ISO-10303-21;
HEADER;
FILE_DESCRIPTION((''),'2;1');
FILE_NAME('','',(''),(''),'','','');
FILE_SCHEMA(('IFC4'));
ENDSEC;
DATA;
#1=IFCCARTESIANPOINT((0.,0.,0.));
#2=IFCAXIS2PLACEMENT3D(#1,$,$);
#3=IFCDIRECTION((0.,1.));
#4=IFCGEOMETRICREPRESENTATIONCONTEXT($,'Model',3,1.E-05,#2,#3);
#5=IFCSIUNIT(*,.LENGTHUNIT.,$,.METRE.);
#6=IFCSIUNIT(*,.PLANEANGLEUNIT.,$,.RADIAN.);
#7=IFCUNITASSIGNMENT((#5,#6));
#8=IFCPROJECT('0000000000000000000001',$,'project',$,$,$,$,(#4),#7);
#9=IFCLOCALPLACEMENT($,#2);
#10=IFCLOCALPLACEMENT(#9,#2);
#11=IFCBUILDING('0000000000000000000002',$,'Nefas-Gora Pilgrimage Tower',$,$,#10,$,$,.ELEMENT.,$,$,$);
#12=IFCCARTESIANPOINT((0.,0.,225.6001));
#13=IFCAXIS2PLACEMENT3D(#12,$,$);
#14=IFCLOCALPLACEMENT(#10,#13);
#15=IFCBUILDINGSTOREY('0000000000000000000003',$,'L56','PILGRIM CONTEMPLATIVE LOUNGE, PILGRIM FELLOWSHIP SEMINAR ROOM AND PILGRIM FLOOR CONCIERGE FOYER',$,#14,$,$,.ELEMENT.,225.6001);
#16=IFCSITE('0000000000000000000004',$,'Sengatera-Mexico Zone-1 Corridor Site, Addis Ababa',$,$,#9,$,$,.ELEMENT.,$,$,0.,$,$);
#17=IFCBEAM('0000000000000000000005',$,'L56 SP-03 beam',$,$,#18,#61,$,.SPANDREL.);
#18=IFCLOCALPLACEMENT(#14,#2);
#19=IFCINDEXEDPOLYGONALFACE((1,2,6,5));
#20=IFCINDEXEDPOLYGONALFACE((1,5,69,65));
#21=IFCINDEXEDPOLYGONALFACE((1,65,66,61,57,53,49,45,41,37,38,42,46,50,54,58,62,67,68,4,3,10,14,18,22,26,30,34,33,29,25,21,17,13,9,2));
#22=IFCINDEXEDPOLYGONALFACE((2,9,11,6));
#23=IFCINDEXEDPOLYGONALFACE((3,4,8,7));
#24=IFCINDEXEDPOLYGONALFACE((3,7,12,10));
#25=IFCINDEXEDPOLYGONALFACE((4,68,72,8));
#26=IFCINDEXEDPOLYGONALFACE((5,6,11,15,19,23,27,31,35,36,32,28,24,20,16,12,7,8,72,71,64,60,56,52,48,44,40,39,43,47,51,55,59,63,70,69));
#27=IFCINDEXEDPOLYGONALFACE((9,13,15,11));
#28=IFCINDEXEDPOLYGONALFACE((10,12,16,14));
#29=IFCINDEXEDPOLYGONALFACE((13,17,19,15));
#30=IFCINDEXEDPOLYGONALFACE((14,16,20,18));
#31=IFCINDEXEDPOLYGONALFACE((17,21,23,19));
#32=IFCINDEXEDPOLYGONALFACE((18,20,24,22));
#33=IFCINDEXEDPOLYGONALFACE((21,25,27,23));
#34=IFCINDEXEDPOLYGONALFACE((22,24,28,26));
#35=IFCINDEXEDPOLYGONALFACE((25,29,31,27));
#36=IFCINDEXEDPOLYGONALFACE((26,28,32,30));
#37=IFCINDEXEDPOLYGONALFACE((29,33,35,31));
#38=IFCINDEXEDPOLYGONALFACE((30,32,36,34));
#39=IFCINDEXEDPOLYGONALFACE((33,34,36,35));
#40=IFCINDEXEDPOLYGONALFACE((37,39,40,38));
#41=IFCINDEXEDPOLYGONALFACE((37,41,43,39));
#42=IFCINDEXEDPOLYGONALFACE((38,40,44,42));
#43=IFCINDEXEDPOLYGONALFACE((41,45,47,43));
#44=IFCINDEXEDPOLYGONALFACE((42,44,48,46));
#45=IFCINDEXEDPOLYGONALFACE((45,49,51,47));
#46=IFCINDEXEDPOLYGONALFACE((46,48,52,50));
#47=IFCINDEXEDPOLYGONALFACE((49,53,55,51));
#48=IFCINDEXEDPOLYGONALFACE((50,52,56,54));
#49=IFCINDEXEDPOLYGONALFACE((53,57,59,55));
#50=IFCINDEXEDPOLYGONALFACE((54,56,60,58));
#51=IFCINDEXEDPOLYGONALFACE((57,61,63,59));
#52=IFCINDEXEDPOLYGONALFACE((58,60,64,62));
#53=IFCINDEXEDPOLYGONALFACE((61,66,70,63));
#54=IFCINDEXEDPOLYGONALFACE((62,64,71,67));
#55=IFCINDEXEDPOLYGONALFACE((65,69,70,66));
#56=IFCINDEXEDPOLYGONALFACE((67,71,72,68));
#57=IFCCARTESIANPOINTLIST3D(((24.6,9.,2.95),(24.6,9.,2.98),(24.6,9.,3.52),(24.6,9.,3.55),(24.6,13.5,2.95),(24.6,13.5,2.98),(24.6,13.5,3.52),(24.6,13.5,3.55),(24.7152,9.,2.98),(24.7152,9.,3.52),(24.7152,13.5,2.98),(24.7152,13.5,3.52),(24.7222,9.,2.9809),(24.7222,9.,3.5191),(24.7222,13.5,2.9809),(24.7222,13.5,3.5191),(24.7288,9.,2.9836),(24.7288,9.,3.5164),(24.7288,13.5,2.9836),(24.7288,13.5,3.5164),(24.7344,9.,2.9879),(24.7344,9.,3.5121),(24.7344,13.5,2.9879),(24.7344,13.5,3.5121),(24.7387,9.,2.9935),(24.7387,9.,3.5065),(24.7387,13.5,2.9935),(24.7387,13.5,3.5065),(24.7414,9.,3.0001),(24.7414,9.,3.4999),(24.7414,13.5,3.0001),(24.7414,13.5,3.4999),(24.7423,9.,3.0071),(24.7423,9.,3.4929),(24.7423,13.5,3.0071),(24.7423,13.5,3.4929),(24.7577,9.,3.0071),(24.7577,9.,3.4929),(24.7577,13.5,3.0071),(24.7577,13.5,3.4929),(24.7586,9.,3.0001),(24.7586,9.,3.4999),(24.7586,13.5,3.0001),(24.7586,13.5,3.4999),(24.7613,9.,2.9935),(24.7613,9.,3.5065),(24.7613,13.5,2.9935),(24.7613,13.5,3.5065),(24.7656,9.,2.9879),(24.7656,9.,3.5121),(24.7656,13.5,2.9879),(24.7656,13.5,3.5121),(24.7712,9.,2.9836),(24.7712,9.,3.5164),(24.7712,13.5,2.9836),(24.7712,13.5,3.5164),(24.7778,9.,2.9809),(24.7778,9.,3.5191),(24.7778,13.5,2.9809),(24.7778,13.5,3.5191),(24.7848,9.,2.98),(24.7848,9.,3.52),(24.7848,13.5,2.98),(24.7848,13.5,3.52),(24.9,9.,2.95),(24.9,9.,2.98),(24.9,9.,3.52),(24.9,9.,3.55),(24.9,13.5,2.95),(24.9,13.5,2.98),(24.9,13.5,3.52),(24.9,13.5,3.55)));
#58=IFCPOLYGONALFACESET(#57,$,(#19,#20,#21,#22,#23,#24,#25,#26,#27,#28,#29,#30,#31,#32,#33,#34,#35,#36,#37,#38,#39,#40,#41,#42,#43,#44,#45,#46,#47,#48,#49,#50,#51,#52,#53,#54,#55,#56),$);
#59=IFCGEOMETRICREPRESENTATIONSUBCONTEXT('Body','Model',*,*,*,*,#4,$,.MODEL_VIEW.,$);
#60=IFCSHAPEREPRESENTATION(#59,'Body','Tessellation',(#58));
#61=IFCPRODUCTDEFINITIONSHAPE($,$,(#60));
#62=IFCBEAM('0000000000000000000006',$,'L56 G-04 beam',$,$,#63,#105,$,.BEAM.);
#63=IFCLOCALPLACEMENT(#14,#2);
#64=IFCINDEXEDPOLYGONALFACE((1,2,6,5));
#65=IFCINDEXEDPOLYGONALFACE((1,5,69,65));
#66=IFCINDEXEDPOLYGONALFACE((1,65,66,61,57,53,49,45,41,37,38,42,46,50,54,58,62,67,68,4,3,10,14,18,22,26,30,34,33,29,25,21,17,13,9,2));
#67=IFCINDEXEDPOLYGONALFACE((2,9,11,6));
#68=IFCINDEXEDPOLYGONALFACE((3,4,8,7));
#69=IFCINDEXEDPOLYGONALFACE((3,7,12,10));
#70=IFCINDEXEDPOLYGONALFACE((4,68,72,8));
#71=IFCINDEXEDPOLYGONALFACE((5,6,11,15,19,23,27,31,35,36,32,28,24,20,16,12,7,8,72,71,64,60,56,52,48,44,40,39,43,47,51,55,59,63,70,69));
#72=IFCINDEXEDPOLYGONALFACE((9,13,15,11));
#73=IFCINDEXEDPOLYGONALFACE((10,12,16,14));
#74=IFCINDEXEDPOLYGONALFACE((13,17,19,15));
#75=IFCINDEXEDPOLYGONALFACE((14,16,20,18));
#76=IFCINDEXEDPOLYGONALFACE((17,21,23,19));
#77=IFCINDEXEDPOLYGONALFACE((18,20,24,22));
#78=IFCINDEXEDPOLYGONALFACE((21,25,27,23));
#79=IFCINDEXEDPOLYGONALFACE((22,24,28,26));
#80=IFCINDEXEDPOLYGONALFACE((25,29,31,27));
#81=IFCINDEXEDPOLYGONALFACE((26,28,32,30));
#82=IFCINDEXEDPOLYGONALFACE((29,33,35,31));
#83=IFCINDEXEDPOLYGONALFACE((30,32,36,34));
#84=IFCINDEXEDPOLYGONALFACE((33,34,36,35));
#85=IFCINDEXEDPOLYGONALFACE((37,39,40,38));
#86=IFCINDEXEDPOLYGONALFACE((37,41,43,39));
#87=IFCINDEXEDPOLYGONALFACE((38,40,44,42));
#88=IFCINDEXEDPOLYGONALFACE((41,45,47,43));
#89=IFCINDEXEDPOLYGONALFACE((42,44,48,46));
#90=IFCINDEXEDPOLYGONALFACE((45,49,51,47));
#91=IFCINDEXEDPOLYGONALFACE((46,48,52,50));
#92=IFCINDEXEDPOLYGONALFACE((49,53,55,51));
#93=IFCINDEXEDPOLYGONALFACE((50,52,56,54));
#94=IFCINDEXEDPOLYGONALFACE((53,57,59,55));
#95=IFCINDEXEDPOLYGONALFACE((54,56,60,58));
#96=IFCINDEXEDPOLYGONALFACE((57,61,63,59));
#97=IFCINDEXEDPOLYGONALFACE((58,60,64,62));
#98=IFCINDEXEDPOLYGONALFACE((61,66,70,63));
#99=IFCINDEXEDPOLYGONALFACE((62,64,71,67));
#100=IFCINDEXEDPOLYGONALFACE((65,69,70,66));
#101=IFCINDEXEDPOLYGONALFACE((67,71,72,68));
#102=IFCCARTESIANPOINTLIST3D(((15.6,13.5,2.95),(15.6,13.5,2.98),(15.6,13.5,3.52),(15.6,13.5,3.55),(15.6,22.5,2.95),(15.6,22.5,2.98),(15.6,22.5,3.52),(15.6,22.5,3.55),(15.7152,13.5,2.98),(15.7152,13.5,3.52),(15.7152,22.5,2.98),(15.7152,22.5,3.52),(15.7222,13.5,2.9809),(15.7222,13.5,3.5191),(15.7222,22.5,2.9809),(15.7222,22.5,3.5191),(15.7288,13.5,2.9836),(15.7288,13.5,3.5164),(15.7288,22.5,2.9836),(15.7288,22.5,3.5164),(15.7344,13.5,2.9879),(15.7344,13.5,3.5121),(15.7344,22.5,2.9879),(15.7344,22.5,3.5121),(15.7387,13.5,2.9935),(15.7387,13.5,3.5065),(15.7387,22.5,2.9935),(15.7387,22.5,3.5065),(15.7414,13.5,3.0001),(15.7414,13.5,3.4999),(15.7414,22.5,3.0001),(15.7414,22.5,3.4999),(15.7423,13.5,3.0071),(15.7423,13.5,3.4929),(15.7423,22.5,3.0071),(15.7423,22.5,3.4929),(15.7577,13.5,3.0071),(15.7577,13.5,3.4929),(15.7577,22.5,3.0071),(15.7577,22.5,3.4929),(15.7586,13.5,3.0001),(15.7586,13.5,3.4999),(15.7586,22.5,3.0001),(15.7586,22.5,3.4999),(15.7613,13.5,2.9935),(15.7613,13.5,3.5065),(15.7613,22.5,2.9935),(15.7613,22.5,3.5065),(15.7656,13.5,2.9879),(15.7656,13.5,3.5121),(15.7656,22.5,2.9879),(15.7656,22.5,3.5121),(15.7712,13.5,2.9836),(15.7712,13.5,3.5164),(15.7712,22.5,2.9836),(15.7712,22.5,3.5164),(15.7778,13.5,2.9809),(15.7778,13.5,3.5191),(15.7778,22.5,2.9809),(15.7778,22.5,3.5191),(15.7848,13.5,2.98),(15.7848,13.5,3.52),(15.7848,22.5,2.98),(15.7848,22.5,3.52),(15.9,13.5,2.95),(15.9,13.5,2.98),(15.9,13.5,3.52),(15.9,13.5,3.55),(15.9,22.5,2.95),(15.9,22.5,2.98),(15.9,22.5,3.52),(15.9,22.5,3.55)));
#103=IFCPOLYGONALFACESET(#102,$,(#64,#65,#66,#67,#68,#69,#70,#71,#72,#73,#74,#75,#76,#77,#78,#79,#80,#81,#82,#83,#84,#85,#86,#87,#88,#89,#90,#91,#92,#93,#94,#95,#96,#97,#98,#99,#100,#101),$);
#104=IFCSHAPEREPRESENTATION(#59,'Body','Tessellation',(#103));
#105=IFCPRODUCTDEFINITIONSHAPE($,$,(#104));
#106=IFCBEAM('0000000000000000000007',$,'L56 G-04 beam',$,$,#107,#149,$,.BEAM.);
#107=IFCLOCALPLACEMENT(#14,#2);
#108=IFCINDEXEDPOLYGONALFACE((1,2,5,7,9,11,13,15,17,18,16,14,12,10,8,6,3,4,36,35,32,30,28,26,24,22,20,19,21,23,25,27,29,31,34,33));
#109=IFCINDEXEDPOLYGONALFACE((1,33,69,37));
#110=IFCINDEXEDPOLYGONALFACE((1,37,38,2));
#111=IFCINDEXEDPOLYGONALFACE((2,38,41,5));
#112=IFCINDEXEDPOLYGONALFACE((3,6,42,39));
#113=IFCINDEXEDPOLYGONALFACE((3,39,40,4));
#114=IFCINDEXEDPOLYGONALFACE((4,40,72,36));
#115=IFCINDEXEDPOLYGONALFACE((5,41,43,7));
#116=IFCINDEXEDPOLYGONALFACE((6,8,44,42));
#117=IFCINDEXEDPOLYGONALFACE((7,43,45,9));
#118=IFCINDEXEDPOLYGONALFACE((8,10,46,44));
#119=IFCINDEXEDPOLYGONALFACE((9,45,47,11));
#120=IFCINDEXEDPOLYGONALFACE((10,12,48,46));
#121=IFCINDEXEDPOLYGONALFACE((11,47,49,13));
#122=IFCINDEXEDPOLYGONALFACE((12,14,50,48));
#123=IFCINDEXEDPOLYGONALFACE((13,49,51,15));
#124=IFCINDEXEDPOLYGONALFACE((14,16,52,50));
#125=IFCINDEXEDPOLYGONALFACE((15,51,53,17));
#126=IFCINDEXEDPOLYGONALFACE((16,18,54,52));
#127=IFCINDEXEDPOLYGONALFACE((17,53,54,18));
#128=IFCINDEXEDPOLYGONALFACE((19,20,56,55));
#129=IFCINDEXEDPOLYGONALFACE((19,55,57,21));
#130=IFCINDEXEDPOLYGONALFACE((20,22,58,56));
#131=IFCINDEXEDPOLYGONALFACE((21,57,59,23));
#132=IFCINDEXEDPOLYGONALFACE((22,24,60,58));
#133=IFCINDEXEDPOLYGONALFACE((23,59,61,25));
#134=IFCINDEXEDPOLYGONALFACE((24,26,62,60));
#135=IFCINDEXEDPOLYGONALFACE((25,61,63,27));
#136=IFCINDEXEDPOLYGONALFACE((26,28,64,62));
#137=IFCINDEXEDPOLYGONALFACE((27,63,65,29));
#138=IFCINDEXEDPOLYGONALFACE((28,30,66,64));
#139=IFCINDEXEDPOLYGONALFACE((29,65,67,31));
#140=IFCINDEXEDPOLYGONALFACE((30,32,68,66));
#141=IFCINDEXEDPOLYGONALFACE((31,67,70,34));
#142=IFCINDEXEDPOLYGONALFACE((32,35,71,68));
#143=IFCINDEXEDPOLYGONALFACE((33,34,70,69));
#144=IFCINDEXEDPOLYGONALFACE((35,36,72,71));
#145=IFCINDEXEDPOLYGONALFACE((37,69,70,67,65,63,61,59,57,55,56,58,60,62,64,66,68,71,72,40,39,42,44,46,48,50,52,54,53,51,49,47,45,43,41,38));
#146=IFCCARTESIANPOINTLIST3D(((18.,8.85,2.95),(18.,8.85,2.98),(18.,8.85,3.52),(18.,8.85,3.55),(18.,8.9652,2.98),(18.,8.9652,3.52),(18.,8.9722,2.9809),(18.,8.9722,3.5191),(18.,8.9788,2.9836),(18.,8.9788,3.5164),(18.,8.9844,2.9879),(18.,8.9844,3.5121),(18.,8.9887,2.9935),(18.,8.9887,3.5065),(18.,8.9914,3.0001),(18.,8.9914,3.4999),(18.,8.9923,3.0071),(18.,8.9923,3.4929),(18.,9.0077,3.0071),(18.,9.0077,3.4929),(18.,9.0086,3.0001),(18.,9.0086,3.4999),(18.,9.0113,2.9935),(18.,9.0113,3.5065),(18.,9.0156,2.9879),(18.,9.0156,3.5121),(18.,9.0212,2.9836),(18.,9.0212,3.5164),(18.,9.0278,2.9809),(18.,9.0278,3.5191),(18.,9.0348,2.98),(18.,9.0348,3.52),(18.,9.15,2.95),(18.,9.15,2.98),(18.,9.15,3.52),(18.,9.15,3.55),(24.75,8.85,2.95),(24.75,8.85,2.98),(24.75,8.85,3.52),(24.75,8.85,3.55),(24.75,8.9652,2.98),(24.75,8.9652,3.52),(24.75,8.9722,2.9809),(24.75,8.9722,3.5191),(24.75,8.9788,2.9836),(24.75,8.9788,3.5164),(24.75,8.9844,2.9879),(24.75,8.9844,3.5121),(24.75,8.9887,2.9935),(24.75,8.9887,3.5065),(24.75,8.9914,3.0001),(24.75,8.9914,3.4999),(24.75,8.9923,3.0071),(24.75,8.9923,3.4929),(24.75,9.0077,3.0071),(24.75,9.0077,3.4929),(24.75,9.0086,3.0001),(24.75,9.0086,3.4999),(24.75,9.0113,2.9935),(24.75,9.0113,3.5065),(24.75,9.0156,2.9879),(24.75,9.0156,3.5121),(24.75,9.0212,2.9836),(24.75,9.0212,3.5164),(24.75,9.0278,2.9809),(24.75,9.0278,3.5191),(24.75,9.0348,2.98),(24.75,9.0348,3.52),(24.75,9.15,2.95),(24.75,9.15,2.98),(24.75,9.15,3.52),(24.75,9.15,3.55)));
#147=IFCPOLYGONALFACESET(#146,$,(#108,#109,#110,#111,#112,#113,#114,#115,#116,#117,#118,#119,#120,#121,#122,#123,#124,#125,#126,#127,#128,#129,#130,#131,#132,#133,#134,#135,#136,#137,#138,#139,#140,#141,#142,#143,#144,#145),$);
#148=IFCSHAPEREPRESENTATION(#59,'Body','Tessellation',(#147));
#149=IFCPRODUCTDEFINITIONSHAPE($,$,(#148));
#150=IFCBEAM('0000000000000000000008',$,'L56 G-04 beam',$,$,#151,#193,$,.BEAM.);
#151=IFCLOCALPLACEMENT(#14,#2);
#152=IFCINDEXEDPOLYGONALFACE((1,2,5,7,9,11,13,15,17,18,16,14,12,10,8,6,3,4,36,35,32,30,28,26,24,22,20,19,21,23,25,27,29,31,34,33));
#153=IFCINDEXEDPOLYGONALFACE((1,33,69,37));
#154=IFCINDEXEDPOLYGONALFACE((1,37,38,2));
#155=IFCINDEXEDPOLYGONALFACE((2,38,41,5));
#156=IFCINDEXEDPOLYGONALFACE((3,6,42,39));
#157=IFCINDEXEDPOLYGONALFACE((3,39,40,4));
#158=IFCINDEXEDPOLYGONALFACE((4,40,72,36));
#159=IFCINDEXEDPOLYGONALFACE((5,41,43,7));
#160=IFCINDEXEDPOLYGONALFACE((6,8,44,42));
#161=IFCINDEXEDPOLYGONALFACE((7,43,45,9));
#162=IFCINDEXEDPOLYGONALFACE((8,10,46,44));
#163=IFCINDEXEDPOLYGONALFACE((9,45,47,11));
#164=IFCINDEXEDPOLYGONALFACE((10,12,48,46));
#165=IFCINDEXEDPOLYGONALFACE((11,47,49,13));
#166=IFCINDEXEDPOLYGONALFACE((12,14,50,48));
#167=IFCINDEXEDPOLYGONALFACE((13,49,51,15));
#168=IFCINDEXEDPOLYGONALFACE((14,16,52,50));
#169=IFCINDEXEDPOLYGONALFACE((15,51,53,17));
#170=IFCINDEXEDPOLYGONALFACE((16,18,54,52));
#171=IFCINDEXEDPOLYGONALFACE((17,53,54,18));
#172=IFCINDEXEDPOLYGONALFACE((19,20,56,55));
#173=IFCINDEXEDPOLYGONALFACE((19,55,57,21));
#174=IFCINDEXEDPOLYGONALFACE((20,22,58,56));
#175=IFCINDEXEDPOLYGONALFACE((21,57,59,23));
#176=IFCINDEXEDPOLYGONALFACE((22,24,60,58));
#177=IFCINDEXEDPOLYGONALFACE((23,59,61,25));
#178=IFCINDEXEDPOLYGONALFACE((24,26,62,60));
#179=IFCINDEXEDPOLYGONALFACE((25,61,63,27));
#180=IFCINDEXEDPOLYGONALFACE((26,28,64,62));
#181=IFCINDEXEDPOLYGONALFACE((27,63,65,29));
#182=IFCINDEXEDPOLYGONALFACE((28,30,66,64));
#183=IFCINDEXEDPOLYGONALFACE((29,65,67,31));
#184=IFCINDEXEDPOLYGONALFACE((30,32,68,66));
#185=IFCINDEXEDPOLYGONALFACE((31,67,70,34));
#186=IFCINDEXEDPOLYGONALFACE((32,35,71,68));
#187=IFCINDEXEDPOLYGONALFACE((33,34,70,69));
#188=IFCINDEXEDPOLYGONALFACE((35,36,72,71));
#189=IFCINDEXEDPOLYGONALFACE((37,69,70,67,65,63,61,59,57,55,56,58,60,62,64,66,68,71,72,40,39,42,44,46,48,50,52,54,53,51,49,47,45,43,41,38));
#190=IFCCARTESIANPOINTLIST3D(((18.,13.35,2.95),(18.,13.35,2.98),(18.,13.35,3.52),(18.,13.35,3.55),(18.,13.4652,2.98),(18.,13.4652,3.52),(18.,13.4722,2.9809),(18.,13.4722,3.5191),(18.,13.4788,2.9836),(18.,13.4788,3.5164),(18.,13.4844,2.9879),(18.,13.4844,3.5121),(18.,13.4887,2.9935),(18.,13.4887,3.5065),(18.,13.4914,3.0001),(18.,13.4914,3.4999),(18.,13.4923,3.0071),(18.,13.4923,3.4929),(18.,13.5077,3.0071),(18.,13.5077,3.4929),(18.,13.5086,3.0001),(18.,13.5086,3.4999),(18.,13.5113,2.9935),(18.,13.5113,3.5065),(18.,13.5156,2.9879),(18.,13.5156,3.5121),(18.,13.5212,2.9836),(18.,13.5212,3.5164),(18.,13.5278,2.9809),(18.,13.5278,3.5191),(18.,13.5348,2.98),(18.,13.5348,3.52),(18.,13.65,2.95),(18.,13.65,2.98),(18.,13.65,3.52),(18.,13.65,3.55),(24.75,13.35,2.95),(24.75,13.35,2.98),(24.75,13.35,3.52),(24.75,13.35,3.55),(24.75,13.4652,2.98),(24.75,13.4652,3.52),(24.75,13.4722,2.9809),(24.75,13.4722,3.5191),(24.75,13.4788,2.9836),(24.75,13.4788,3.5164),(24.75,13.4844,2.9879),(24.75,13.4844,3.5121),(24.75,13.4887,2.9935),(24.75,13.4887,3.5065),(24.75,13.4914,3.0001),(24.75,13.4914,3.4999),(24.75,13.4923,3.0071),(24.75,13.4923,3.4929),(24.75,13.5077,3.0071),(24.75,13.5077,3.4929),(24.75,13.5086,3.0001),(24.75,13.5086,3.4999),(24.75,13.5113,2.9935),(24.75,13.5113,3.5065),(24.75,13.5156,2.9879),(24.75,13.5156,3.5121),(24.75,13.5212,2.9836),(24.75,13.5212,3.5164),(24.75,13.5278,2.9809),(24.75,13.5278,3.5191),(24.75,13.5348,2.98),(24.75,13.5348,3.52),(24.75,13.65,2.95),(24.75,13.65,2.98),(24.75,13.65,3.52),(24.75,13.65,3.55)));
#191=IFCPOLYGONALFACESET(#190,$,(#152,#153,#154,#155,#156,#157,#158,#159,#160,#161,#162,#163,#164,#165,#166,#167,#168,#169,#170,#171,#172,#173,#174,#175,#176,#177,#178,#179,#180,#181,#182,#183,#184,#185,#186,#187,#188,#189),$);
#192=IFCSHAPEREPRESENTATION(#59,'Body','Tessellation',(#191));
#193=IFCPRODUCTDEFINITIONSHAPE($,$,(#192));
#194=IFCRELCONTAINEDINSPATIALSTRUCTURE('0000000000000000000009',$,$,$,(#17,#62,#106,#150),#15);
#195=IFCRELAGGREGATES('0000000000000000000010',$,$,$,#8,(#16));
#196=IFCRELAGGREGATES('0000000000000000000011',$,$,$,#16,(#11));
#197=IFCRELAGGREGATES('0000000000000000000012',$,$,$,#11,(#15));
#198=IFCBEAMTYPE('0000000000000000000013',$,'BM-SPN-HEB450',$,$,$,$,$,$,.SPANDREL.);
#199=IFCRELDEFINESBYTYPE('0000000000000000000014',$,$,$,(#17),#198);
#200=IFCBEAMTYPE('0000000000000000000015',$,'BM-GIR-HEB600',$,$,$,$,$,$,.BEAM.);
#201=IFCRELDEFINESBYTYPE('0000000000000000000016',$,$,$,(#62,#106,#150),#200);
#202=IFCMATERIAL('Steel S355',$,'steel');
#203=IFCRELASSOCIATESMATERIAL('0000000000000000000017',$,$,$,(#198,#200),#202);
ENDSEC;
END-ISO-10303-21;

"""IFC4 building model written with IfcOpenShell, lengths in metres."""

from ifc_helpers import new_model, si_unit, direction, frame, origin, origin_2d, place, context, subcontext, project, spatial, i_section, extrude, source, transform, mapped, material, material_profile, profile_set, type_object, element, save


model = new_model("IFC4")

# Units and contexts
model_context = context("Model", 3, precision=1e-05, world=origin(), true_north=direction((0.0, 1.0)))
body_context = subcontext(model_context, "Body", "Model", "MODEL_VIEW")
ifc_project = project(units=[si_unit("LENGTHUNIT", "METRE"), si_unit("PLANEANGLEUNIT", "RADIAN")], contexts=[model_context])

# Site, building, storey
site_placement = place(None, origin())
site = spatial("IfcSite", under=ifc_project, at=site_placement, Name="Sengatera-Mexico Zone-1 Corridor Site, Addis Ababa", CompositionType="ELEMENT", RefElevation=0.0)
building_placement = place(site_placement, origin())
building = spatial("IfcBuilding", under=site, at=building_placement, Name="Nefas-Gora Pilgrimage Tower", CompositionType="ELEMENT")
storey_placement = place(building_placement, frame((0.0, 0.0, 225.6001)))
storey = spatial("IfcBuildingStorey", under=building, at=storey_placement, Name="L56", Description="PILGRIM CONTEMPLATIVE LOUNGE, PILGRIM FELLOWSHIP SEMINAR ROOM AND PILGRIM FLOOR CONCIERGE FOYER", CompositionType="ELEMENT", Elevation=225.6001)

# Beams
ifc_material_1 = material(Name="Steel S355", Category="steel")
ifc_material_profile_1 = material_profile(ifc_material_1, i_section(OverallWidth=0.3, OverallDepth=0.6001, WebThickness=0.0154, FlangeThickness=0.03, FilletRadius=0.0271, at=origin_2d()), Name="HEB 600")
ifc_profile_set_1 = profile_set([ifc_material_profile_1], Name="Steel S355")
beam_type_1 = type_object("IfcBeamType", Name="BM-SPN-HEB450", PredefinedType="SPANDREL", material=ifc_profile_set_1)
shared_shape_1 = source(origin(), body_context, "Body", "SweptSolid", [
    extrude(i_section(OverallWidth=0.3, OverallDepth=0.6001, WebThickness=0.0154, FlangeThickness=0.03, FilletRadius=0.0271, at=origin_2d()), origin(), (0.0, 0.0, 1.0), 4.5),
])
beam_1_placement = place(storey_placement, frame((24.75, 9.0, 3.25), z_axis=(0.0, 1.0, 0.0), x_axis=(-1.0, 0.0, 0.0)))
element("IfcBeam", 1, at=beam_1_placement, inside=storey, type_object=beam_type_1, Name="L56 SP-03 beam", PredefinedType="SPANDREL", context=body_context, shape_type="MappedRepresentation", body=[
    mapped(shared_shape_1, transform((0.0, 0.0, 0.0), x_axis=(1.0, 0.0, 0.0), y_axis=(0.0, 1.0, 0.0), z_axis=(0.0, 0.0, 1.0), scale=1.0)),
])
ifc_material_profile_2 = material_profile(ifc_material_1, i_section(OverallWidth=0.3, OverallDepth=0.6001, WebThickness=0.0154, FlangeThickness=0.03, FilletRadius=0.0271, at=origin_2d()), Name="HEB 600")
ifc_profile_set_2 = profile_set([ifc_material_profile_2], Name="Steel S355")
beam_type_2 = type_object("IfcBeamType", Name="BM-GIR-HEB600", PredefinedType="BEAM", material=ifc_profile_set_2)
shared_shape_2 = source(origin(), body_context, "Body", "SweptSolid", [
    extrude(i_section(OverallWidth=0.3, OverallDepth=0.6001, WebThickness=0.0154, FlangeThickness=0.03, FilletRadius=0.0271, at=origin_2d()), origin(), (0.0, 0.0, 1.0), 9.0),
])
beam_2_placement = place(storey_placement, frame((15.75, 13.5, 3.25), z_axis=(0.0, 1.0, 0.0), x_axis=(-1.0, 0.0, 0.0)))
element("IfcBeam", 2, at=beam_2_placement, inside=storey, type_object=beam_type_2, Name="L56 G-04 beam", PredefinedType="BEAM", context=body_context, shape_type="MappedRepresentation", body=[
    mapped(shared_shape_2, transform((0.0, 0.0, 0.0), x_axis=(1.0, 0.0, 0.0), y_axis=(0.0, 1.0, 0.0), z_axis=(0.0, 0.0, 1.0), scale=1.0)),
])
shared_shape_3 = source(origin(), body_context, "Body", "SweptSolid", [
    extrude(i_section(OverallWidth=0.3, OverallDepth=0.6001, WebThickness=0.0154, FlangeThickness=0.03, FilletRadius=0.0271, at=origin_2d()), origin(), (0.0, 0.0, 1.0), 6.75),
])
for number, where, z_axis, x_axis, name in (
    (3, (18.0, 9.0, 3.25), (1.0, 0.0, 0.0), (0.0, 1.0, 0.0), "L56 G-04 beam"),
    (4, (18.0, 13.5, 3.25), (1.0, 0.0, 0.0), (0.0, 1.0, 0.0), "L56 G-04 beam"),
):
    element("IfcBeam", number, at=place(storey_placement, frame(where, z_axis=z_axis, x_axis=x_axis)), inside=storey, type_object=beam_type_2, Name=name, PredefinedType="BEAM", context=body_context, shape_type="MappedRepresentation", body=[
        mapped(shared_shape_3, transform((0.0, 0.0, 0.0), x_axis=(1.0, 0.0, 0.0), y_axis=(0.0, 1.0, 0.0), z_axis=(0.0, 0.0, 1.0), scale=1.0)),
    ])

save(model, "model.ifc")
